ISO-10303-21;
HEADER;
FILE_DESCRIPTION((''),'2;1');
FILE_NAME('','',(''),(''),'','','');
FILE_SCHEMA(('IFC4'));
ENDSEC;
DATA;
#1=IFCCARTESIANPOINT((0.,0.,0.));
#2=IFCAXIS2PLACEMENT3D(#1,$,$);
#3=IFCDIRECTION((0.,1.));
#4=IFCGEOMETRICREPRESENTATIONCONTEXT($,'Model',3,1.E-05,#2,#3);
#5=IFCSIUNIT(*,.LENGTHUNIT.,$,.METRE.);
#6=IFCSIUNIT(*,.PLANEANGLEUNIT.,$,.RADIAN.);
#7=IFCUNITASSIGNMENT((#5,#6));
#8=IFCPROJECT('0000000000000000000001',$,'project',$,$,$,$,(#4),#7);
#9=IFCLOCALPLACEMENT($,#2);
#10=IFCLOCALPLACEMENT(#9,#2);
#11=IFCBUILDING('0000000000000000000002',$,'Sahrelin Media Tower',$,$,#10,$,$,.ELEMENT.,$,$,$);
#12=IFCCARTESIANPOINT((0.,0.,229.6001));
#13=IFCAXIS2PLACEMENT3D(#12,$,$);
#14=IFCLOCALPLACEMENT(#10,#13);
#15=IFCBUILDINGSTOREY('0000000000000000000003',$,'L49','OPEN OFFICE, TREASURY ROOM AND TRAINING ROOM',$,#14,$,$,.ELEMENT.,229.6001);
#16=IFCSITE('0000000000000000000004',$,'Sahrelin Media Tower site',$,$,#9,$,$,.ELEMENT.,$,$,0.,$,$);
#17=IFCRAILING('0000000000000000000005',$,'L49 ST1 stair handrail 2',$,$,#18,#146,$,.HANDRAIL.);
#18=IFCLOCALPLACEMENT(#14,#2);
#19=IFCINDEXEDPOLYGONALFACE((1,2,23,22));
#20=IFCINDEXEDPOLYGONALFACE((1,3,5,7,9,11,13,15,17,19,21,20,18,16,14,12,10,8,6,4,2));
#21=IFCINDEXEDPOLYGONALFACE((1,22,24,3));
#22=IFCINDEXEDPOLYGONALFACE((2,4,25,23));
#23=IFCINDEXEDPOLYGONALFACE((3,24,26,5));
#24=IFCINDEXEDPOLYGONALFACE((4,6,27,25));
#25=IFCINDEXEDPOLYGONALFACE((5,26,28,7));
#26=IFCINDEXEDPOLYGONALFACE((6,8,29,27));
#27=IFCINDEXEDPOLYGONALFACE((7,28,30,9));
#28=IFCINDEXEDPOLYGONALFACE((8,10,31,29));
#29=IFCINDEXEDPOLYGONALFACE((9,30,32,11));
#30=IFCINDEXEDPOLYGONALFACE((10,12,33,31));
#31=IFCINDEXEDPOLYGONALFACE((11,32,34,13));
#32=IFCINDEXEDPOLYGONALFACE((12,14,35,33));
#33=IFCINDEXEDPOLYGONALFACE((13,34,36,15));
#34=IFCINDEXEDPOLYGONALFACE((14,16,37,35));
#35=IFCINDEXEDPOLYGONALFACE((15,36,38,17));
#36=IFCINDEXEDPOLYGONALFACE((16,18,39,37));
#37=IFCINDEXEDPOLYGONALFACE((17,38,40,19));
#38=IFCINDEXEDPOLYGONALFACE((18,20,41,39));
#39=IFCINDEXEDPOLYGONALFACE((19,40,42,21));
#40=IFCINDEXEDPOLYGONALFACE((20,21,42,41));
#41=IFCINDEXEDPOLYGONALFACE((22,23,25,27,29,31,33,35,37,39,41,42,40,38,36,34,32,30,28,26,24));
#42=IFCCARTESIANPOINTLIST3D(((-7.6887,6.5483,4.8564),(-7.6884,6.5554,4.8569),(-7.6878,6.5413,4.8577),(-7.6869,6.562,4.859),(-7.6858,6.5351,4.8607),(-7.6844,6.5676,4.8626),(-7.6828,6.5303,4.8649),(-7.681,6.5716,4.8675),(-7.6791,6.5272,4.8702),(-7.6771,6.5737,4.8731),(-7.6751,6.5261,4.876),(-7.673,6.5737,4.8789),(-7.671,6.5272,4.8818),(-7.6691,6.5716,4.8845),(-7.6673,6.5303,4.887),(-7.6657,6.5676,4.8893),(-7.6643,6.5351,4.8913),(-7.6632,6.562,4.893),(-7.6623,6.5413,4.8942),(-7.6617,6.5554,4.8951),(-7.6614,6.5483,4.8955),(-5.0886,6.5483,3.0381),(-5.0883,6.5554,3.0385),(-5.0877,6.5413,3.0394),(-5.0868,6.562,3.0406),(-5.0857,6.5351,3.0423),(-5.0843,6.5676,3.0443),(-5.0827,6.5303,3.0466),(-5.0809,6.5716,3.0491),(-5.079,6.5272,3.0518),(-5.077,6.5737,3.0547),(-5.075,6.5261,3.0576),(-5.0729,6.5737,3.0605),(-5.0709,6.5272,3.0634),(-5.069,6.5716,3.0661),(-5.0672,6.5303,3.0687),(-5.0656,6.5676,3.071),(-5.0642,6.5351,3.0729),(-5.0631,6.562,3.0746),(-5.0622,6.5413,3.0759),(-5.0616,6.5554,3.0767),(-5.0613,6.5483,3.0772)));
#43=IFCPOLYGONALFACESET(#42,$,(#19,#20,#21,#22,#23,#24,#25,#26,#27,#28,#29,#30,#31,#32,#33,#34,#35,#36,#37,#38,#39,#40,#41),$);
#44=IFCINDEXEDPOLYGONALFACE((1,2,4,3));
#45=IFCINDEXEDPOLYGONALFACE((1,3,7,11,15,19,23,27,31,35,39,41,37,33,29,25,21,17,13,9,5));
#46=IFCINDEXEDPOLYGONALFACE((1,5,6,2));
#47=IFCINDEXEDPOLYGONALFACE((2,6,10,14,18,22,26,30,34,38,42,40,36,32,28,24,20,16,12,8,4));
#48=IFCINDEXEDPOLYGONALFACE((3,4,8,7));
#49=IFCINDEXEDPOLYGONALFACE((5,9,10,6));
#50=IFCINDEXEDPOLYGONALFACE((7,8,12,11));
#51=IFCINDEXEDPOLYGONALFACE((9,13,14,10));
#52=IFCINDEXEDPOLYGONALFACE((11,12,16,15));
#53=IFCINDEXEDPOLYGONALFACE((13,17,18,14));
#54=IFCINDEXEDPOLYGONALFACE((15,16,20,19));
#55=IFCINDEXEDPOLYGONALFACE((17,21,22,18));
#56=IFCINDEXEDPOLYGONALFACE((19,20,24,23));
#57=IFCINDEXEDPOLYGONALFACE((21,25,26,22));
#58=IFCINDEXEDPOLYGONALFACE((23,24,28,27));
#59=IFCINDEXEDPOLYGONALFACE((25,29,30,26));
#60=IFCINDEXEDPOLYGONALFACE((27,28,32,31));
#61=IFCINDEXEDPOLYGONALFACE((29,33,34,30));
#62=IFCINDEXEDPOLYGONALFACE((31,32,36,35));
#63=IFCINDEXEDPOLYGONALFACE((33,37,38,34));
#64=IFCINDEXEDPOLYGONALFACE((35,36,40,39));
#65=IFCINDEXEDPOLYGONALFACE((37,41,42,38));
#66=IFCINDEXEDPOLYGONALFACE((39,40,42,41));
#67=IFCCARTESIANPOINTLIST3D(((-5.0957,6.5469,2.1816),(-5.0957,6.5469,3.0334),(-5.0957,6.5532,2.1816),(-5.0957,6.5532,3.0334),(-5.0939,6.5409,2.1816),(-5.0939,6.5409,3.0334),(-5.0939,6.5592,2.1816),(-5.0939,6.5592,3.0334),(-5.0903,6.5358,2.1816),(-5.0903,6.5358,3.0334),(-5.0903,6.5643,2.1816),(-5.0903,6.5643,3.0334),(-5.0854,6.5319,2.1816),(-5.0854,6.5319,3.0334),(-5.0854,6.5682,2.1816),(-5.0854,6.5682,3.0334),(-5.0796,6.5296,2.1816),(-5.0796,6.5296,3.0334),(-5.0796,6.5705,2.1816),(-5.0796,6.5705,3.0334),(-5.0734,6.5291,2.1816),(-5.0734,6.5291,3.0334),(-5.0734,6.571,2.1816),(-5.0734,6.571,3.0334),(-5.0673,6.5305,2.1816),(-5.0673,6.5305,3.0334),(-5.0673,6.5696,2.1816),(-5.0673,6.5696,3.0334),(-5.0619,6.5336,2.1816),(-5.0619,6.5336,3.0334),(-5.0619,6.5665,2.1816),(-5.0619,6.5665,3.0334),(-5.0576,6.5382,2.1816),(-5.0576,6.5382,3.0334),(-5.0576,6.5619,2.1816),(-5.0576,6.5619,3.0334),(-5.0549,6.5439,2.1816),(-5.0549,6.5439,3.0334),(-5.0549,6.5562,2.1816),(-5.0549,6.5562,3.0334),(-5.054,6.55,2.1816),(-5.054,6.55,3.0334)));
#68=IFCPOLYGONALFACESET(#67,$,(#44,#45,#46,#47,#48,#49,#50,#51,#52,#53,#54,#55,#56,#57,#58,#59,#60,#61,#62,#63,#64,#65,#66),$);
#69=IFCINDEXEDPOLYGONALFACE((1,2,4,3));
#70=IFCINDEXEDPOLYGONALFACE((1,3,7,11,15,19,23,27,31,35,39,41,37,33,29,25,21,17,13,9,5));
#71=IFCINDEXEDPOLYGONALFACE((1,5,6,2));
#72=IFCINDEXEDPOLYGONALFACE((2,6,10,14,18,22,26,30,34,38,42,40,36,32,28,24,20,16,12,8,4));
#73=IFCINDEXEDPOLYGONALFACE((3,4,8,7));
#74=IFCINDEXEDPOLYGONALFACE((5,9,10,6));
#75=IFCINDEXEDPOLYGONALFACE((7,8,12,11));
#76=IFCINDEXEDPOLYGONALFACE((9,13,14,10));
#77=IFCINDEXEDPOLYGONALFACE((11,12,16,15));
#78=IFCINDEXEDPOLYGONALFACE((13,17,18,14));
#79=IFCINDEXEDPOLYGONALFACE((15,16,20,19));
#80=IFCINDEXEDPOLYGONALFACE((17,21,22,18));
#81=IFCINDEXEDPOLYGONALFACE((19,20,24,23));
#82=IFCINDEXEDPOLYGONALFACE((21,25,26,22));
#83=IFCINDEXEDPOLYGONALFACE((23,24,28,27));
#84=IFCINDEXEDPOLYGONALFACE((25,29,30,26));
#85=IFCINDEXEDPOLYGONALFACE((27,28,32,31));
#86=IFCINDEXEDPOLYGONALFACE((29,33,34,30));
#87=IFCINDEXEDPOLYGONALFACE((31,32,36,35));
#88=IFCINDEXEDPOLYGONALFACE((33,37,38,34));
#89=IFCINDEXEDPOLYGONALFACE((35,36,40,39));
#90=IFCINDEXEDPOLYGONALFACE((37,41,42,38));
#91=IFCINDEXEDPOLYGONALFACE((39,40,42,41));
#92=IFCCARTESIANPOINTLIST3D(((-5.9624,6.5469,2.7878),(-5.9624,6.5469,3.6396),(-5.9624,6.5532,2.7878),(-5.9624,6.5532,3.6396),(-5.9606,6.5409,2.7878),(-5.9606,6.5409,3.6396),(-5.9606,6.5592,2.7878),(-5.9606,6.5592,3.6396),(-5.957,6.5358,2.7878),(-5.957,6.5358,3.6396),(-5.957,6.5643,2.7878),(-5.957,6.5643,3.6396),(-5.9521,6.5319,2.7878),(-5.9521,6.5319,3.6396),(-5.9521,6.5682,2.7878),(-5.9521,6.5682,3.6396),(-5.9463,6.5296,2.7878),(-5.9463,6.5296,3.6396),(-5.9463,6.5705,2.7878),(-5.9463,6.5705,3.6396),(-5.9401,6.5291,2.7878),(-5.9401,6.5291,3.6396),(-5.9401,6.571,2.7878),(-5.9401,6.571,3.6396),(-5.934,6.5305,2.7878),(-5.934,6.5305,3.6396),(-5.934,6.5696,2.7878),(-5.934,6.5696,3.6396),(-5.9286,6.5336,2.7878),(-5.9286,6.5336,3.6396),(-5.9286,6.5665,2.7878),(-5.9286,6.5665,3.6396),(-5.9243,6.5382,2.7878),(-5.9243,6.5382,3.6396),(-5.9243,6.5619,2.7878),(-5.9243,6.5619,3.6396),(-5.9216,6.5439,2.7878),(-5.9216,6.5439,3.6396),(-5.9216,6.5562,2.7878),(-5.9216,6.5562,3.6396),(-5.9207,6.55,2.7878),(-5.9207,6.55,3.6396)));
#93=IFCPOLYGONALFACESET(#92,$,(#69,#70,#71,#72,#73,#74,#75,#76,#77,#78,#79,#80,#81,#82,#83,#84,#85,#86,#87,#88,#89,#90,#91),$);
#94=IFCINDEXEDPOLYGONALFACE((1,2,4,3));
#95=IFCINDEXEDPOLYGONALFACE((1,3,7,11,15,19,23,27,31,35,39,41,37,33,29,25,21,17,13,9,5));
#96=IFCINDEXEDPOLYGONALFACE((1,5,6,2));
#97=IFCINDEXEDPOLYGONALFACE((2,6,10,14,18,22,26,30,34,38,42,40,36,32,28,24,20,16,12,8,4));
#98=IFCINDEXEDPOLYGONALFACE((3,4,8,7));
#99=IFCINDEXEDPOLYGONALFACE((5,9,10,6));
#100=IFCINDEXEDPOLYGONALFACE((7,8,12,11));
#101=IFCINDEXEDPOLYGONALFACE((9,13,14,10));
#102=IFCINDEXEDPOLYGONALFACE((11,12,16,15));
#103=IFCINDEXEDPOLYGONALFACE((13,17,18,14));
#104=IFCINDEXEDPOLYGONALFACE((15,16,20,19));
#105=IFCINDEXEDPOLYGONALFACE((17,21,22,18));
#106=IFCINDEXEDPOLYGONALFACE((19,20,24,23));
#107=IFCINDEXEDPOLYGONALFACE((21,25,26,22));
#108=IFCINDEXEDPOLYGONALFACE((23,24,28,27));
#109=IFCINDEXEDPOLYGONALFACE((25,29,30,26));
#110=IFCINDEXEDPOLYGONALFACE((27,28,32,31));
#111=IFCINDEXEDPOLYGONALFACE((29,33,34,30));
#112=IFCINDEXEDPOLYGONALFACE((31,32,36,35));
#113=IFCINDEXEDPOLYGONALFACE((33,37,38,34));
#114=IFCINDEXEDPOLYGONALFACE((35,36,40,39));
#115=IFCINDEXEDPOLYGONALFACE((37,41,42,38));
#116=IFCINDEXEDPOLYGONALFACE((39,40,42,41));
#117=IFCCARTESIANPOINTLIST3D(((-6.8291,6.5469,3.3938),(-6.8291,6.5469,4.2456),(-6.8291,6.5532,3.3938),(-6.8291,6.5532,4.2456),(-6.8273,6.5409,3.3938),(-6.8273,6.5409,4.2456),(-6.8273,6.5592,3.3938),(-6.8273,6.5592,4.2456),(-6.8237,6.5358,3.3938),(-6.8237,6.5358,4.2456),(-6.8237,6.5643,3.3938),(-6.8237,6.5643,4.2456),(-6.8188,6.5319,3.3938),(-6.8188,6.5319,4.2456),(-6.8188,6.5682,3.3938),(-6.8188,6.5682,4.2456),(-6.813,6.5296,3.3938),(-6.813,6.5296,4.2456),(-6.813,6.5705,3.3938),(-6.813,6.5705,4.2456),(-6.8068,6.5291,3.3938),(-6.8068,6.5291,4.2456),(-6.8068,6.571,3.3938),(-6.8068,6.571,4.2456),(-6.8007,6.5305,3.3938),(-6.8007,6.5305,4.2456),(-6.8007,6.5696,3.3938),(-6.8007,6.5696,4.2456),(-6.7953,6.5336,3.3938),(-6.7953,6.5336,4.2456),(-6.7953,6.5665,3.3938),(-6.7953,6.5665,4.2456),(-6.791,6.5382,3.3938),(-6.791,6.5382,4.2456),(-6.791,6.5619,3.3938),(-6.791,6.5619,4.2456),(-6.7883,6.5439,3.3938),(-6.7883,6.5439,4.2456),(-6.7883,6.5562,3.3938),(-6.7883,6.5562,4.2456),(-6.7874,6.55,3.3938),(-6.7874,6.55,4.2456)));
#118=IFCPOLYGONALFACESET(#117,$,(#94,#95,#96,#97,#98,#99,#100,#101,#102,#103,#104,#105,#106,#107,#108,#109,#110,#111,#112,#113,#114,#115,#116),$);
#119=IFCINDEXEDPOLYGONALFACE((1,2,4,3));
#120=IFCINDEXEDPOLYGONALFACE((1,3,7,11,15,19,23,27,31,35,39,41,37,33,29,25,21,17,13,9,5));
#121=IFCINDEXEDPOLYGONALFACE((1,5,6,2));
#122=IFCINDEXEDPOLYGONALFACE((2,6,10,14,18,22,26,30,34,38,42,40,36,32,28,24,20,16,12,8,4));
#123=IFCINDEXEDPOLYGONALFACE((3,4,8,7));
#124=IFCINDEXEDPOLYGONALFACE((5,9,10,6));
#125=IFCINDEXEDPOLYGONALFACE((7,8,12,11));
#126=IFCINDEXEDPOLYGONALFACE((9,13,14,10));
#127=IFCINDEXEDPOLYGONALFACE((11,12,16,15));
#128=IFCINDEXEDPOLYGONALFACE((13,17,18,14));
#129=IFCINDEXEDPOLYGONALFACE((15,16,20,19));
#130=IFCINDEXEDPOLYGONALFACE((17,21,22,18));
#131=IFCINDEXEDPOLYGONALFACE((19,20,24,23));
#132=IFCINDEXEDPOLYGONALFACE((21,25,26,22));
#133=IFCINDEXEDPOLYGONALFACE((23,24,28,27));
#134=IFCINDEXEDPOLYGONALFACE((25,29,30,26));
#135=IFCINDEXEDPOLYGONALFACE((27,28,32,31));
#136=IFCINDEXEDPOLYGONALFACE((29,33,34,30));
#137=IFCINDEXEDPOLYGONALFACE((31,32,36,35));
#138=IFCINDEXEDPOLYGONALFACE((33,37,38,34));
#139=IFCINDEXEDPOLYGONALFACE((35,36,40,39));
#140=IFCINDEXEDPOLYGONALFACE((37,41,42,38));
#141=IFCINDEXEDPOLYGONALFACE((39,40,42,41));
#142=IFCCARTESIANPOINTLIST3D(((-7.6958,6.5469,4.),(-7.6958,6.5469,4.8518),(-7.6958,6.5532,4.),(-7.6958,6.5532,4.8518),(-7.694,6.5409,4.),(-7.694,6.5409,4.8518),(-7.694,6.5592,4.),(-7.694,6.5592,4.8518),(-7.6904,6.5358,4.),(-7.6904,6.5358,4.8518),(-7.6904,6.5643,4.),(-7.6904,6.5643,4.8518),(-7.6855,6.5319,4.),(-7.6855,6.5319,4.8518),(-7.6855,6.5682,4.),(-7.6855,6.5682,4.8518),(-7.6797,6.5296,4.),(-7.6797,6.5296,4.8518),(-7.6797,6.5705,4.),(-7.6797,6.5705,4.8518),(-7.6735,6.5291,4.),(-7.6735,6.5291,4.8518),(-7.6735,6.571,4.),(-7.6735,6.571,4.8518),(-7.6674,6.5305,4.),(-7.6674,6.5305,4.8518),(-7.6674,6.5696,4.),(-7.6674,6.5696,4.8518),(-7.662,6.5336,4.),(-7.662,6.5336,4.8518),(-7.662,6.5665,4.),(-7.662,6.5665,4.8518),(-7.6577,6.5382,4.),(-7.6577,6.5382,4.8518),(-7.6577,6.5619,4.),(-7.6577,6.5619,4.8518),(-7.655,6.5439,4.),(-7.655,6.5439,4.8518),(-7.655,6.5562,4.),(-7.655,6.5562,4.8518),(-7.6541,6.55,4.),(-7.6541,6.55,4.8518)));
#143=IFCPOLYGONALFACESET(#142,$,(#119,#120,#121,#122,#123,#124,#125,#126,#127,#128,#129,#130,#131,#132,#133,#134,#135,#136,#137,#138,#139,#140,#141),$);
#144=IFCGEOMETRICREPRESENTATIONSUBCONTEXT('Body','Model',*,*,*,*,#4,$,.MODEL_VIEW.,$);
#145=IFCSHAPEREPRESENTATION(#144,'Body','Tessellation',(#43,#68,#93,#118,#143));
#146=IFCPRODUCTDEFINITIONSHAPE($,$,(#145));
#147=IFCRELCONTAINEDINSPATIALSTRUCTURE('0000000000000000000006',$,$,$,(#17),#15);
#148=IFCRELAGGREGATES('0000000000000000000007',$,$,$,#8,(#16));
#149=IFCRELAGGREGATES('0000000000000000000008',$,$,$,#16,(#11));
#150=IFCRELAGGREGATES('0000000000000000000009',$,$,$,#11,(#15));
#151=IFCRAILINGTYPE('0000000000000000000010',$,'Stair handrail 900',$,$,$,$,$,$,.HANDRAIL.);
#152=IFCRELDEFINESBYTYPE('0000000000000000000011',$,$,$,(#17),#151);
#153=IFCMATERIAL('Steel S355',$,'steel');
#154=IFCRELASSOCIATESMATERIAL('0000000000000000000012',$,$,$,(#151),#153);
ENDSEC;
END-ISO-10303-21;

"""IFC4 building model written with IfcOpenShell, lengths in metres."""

from ifc_helpers import new_model, si_unit, direction, frame, origin, origin_2d, place, context, subcontext, project, spatial, circle, extrude, material, type_object, element, save


model = new_model("IFC4")

# Units and contexts
model_context = context("Model", 3, precision=1e-05, world=origin(), true_north=direction((0.0, 1.0)))
body_context = subcontext(model_context, "Body", "Model", "MODEL_VIEW")
ifc_project = project(units=[si_unit("LENGTHUNIT", "METRE"), si_unit("PLANEANGLEUNIT", "RADIAN")], contexts=[model_context])

# Site, building, storey
site_placement = place(None, origin())
site = spatial("IfcSite", under=ifc_project, at=site_placement, Name="Sahrelin Media Tower site", CompositionType="ELEMENT", RefElevation=0.0)
building_placement = place(site_placement, origin())
building = spatial("IfcBuilding", under=site, at=building_placement, Name="Sahrelin Media Tower", CompositionType="ELEMENT")
storey_placement = place(building_placement, frame((0.0, 0.0, 229.6001)))
storey = spatial("IfcBuildingStorey", under=building, at=storey_placement, Name="L49", Description="OPEN OFFICE, TREASURY ROOM AND TRAINING ROOM", CompositionType="ELEMENT", Elevation=229.6001)

# Shared definitions
ifc_material_1 = material(Name="Steel S355", Category="steel")

# Railing
railing_type_1 = type_object("IfcRailingType", Name="Stair handrail 900", PredefinedType="HANDRAIL", material=ifc_material_1)
railing_1_placement = place(storey_placement, frame((-5.075, 6.55, 2.1816)))
element("IfcRailing", 1, at=railing_1_placement, inside=storey, type_object=railing_type_1, Name="L49 ST1 stair handrail 2", PredefinedType="HANDRAIL", context=body_context, shape_type="SweptSolid", body=[
    extrude(circle(Radius=0.0239, at=origin_2d()), frame((0.0, 0.0, 0.876), z_axis=(-0.819485, 0.0, 0.573101), x_axis=(0.0, -1.0, 0.0)), (0.0, 0.0, 1.0), 3.1729),
    extrude(circle(Radius=0.021, at=origin_2d()), origin(), (0.0, 0.0, 1.0), 0.8518),
    extrude(circle(Radius=0.021, at=origin_2d()), frame((-0.8667, 0.0, 0.6062)), (0.0, 0.0, 1.0), 0.8518),
    extrude(circle(Radius=0.021, at=origin_2d()), frame((-1.7334, 0.0, 1.2122)), (0.0, 0.0, 1.0), 0.8518),
    extrude(circle(Radius=0.021, at=origin_2d()), frame((-2.6001, 0.0, 1.8184)), (0.0, 0.0, 1.0), 0.8518),
])

save(model, "model.ifc")
